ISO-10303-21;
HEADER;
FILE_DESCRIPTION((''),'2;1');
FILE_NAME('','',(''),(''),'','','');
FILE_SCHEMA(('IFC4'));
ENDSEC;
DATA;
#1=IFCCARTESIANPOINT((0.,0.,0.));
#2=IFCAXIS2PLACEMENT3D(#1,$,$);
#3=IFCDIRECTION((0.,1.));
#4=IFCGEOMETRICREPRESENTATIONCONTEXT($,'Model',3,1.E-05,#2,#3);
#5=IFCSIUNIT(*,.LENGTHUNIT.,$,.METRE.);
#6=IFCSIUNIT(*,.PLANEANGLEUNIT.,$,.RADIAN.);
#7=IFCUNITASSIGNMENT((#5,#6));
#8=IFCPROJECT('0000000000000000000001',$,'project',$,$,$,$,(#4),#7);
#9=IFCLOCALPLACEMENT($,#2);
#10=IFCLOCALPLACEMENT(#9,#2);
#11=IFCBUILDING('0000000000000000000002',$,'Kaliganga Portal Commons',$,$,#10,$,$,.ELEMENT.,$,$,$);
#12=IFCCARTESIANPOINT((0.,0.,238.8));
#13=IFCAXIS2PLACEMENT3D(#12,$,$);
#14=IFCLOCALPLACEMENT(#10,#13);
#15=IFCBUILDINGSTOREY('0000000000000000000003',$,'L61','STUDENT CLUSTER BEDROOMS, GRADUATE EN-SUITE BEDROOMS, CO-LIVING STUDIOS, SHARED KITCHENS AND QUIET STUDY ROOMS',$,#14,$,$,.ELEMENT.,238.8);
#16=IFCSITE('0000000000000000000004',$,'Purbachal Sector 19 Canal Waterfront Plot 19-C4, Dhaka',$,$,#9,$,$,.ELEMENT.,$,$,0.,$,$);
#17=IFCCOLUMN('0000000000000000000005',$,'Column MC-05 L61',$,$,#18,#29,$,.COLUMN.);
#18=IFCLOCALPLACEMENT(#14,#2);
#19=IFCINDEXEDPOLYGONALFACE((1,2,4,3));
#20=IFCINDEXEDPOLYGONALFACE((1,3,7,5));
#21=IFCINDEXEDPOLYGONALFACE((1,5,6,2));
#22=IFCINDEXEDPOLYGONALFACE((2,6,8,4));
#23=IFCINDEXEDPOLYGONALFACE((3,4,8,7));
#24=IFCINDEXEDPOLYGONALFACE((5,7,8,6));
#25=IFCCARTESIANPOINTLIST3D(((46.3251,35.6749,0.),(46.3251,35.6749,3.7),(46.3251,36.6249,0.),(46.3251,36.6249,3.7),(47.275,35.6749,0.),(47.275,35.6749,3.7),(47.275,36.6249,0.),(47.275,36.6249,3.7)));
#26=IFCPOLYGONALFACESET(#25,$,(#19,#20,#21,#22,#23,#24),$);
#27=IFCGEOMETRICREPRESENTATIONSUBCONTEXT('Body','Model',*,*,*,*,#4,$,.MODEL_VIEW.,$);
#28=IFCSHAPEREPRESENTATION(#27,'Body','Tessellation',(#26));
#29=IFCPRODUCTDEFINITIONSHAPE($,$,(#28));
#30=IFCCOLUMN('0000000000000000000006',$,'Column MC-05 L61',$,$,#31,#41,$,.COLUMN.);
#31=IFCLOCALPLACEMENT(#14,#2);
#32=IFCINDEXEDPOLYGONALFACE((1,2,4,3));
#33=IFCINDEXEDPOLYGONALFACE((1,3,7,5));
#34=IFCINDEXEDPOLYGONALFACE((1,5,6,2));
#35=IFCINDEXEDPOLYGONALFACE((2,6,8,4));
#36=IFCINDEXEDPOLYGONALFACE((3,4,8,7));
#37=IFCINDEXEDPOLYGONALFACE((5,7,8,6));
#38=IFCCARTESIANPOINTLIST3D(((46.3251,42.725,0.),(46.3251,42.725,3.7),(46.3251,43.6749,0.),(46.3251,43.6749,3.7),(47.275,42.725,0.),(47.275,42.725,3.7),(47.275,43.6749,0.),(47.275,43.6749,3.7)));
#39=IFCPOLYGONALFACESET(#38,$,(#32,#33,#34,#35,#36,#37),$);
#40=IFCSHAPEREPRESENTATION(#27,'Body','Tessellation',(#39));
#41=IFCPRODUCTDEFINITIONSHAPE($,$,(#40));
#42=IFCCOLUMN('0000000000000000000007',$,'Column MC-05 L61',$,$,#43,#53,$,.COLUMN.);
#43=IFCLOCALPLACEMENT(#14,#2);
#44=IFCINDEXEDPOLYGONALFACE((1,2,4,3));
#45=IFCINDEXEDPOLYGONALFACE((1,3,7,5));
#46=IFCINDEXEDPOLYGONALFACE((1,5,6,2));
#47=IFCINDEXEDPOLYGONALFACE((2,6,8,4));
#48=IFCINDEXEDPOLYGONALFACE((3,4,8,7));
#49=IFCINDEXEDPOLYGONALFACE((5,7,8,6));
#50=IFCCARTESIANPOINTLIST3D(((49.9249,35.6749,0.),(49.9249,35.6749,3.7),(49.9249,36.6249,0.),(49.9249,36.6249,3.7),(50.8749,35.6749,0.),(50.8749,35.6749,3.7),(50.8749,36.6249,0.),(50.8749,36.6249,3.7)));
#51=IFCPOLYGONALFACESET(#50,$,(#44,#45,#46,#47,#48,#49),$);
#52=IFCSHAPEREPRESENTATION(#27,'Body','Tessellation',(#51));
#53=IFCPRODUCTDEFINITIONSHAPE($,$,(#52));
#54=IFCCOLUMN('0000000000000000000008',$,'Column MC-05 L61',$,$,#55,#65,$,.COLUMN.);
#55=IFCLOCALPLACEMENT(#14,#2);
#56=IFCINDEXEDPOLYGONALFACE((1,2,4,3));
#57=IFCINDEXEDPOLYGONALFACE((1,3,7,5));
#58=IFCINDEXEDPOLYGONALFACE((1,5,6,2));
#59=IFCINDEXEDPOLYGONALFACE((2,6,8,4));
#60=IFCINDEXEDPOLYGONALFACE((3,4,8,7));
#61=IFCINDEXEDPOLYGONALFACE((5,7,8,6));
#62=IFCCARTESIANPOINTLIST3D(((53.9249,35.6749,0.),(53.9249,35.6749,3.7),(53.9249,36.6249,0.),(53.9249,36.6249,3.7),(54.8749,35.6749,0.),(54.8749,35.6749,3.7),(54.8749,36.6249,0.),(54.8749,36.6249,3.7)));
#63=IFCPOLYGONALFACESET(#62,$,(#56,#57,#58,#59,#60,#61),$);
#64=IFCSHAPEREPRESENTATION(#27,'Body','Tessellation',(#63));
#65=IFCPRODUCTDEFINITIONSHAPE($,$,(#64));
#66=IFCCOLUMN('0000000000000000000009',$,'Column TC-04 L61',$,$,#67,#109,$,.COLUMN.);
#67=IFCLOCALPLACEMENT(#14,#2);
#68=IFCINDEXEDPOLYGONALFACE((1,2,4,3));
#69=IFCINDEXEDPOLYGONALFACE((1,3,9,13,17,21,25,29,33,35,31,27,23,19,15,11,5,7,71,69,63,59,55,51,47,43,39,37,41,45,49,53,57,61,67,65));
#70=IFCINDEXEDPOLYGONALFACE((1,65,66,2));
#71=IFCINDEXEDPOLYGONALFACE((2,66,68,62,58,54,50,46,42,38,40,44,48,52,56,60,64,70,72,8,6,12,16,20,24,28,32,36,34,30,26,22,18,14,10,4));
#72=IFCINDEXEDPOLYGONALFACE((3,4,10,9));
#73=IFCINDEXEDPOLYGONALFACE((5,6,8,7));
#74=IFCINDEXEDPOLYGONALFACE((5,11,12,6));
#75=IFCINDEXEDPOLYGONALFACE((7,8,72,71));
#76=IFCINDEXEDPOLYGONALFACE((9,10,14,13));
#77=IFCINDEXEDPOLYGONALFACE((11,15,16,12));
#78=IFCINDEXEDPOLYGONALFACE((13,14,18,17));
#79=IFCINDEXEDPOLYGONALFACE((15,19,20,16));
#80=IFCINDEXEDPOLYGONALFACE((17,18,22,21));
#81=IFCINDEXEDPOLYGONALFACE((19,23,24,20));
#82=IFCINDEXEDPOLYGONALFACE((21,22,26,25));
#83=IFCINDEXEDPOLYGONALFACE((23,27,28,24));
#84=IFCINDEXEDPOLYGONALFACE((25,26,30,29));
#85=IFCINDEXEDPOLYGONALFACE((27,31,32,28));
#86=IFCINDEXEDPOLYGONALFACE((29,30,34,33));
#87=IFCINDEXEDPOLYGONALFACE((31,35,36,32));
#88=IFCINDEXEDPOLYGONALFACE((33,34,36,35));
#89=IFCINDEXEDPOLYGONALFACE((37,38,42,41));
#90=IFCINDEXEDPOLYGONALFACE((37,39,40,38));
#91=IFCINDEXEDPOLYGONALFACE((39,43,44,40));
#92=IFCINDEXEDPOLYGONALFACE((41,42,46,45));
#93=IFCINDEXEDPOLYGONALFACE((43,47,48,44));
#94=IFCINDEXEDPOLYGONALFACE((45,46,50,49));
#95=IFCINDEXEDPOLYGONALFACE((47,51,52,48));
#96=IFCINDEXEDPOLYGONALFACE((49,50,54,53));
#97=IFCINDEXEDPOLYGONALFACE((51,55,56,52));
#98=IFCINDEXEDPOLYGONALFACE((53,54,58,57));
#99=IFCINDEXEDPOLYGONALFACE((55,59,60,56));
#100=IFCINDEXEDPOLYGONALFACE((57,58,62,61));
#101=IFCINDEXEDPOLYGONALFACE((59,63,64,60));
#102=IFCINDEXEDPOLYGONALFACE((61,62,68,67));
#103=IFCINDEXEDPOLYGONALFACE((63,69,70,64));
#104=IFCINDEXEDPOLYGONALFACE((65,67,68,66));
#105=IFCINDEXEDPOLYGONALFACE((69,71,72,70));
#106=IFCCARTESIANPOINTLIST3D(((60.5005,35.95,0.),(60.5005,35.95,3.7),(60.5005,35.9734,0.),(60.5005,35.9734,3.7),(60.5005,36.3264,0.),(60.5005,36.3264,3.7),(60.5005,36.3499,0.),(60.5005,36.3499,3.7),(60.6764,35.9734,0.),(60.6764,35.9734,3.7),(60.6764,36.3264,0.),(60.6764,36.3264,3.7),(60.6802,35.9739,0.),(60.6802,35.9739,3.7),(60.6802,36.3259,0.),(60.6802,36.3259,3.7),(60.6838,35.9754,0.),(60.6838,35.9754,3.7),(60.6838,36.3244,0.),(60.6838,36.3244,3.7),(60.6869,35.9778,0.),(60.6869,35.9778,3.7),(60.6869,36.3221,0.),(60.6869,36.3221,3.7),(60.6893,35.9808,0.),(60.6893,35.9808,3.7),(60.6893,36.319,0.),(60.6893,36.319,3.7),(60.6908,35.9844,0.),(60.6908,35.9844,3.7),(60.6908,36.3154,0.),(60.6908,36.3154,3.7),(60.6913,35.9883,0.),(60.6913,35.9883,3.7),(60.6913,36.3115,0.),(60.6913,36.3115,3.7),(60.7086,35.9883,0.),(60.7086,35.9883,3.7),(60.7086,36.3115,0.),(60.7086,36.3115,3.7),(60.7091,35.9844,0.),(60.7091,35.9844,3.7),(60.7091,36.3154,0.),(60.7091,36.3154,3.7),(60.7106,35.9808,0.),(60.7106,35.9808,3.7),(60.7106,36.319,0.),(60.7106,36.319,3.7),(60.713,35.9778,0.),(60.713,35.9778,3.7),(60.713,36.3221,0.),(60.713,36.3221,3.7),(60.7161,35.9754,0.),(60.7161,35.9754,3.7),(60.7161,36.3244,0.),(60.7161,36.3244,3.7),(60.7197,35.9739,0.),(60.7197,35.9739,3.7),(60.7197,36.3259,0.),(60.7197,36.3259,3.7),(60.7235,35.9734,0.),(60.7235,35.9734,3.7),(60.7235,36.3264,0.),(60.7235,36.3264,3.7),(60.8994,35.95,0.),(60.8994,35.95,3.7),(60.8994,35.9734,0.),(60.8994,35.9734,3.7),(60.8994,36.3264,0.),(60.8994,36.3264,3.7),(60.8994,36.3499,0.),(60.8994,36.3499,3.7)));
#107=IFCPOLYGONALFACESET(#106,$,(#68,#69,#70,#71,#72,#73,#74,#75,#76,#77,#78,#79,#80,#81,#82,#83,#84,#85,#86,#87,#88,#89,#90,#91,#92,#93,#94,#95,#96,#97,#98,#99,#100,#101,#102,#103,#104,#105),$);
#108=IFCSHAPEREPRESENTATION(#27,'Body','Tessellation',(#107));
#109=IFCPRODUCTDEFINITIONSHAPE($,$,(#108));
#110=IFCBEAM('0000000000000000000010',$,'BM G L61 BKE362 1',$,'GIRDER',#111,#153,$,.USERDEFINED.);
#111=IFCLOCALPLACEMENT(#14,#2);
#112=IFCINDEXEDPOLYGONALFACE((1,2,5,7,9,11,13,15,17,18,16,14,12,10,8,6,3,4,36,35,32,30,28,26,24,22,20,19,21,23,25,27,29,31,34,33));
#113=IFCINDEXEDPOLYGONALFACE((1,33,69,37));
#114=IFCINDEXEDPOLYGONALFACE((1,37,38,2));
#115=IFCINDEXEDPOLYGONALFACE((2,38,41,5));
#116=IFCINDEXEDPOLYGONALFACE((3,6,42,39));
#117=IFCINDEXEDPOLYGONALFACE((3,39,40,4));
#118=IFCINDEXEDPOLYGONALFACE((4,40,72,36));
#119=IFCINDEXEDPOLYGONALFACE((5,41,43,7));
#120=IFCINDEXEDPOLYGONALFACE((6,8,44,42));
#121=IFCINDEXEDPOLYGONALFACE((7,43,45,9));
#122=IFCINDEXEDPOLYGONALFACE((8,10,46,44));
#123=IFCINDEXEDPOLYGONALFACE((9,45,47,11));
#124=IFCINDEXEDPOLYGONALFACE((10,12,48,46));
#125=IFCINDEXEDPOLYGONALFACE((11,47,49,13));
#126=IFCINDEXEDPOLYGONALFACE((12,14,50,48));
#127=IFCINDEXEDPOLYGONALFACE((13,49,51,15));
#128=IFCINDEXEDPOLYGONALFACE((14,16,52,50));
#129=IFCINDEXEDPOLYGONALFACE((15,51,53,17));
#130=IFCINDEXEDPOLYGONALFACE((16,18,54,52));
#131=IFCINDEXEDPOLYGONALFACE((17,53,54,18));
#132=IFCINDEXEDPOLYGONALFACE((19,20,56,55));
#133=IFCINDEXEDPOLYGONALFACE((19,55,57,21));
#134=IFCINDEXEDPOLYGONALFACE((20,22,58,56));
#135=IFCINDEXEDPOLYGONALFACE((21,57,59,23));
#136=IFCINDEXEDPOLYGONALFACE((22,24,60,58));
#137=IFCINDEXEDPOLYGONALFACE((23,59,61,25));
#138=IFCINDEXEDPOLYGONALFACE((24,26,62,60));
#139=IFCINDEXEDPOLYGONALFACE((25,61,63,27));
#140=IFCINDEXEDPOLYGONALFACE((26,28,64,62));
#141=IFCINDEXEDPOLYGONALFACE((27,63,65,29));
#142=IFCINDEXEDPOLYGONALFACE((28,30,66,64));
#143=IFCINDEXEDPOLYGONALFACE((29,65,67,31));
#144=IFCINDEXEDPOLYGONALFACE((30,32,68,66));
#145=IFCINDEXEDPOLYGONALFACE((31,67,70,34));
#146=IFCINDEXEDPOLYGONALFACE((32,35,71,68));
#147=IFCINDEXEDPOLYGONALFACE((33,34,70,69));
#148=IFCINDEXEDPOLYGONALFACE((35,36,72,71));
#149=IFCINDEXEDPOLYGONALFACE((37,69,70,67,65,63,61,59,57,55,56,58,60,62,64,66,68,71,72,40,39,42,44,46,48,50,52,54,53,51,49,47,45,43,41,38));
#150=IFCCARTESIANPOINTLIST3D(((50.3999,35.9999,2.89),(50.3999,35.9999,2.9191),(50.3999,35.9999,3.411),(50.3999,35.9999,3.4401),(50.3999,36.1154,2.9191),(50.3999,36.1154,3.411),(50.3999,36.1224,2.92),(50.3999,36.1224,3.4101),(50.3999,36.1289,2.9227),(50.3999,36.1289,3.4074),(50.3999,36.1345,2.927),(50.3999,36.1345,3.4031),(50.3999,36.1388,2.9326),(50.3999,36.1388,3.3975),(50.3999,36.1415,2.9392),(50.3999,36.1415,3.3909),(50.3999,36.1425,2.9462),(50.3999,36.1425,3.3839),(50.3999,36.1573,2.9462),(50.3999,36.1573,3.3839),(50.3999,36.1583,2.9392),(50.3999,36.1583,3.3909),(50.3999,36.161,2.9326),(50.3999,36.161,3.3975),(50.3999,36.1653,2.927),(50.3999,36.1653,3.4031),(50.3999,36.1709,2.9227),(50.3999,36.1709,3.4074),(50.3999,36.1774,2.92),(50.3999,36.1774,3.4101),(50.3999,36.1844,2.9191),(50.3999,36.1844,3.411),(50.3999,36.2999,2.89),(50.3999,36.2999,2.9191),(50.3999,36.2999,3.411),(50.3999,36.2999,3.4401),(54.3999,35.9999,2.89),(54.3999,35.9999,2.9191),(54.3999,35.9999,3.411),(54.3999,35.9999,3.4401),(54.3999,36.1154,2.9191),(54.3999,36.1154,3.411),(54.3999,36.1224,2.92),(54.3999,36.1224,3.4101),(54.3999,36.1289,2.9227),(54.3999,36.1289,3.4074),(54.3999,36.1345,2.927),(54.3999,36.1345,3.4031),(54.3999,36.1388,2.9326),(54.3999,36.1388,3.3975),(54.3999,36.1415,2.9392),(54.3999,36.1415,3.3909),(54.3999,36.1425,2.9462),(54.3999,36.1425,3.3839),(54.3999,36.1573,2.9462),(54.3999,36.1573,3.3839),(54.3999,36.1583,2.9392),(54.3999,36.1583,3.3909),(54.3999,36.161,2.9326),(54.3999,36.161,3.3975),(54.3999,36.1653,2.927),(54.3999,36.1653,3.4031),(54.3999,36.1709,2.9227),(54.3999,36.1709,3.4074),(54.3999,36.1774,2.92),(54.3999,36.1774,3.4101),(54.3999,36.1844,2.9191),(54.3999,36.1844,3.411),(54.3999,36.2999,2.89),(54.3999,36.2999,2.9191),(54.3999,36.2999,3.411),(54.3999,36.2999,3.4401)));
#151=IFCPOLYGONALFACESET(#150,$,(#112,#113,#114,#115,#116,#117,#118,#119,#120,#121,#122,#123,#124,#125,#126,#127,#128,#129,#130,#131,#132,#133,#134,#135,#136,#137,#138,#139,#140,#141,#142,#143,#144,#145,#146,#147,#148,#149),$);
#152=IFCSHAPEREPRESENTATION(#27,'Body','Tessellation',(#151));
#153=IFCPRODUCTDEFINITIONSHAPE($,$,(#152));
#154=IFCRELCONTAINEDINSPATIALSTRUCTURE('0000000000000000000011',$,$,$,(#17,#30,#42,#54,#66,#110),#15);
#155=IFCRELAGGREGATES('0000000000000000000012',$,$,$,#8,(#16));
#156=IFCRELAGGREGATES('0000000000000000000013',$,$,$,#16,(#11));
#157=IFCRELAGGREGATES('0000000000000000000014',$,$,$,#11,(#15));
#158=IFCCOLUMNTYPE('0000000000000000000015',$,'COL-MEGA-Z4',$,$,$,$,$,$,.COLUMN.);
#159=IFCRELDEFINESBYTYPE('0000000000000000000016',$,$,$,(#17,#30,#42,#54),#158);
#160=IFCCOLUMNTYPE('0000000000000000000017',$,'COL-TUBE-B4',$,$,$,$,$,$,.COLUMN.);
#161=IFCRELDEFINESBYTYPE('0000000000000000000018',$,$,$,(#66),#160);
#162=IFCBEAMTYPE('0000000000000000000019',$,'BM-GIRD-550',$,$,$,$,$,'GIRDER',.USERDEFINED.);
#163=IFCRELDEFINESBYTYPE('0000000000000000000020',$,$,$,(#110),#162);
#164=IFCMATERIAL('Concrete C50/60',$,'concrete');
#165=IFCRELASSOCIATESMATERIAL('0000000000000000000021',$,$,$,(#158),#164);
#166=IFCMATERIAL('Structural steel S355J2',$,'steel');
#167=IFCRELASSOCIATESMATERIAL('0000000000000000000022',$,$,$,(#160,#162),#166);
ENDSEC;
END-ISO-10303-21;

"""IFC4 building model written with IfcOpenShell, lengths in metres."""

from ifc_helpers import new_model, si_unit, direction, frame, origin, origin_2d, place, context, subcontext, project, spatial, rectangle, i_section, extrude, source, transform, mapped, material, material_profile, profile_set, type_object, element, save


model = new_model("IFC4")

# Units and contexts
model_context = context("Model", 3, precision=1e-05, world=origin(), true_north=direction((0.0, 1.0)))
body_context = subcontext(model_context, "Body", "Model", "MODEL_VIEW")
ifc_project = project(units=[si_unit("LENGTHUNIT", "METRE"), si_unit("PLANEANGLEUNIT", "RADIAN")], contexts=[model_context])

# Site, building, storey
site_placement = place(None, origin())
site = spatial("IfcSite", under=ifc_project, at=site_placement, Name="Purbachal Sector 19 Canal Waterfront Plot 19-C4, Dhaka", CompositionType="ELEMENT", RefElevation=0.0)
building_placement = place(site_placement, origin())
building = spatial("IfcBuilding", under=site, at=building_placement, Name="Kaliganga Portal Commons", CompositionType="ELEMENT")
storey_placement = place(building_placement, frame((0.0, 0.0, 238.8)))
storey = spatial("IfcBuildingStorey", under=building, at=storey_placement, Name="L61", Description="STUDENT CLUSTER BEDROOMS, GRADUATE EN-SUITE BEDROOMS, CO-LIVING STUDIOS, SHARED KITCHENS AND QUIET STUDY ROOMS", CompositionType="ELEMENT", Elevation=238.8)

# Columns
ifc_material_1 = material(Name="Concrete C50/60", Category="concrete")
ifc_material_profile_1 = material_profile(ifc_material_1, rectangle(XDim=0.95, YDim=0.95, at=origin_2d()), Name="RC 950x950")
ifc_profile_set_1 = profile_set([ifc_material_profile_1], Name="Concrete C50/60")
column_type_1 = type_object("IfcColumnType", Name="COL-MEGA-Z4", PredefinedType="COLUMN", material=ifc_profile_set_1)
shared_shape_1 = source(origin(), body_context, "Body", "SweptSolid", [
    extrude(rectangle(XDim=0.95, YDim=0.95, at=origin_2d()), origin(), (0.0, 0.0, 1.0), 3.7),
])
for number, where, z_axis, x_axis, name in (
    (1, (46.8, 36.1499, 0.0), (0.0, 0.0, 1.0), (1.0, 0.0, 0.0), "Column MC-05 L61"),
    (2, (46.8, 43.2, 0.0), (0.0, 0.0, 1.0), (1.0, 0.0, 0.0), "Column MC-05 L61"),
    (3, (50.3999, 36.1499, 0.0), (0.0, 0.0, 1.0), (1.0, 0.0, 0.0), "Column MC-05 L61"),
    (4, (54.3999, 36.1499, 0.0), (0.0, 0.0, 1.0), (1.0, 0.0, 0.0), "Column MC-05 L61"),
):
    element("IfcColumn", number, at=place(storey_placement, frame(where, z_axis=z_axis, x_axis=x_axis)), inside=storey, type_object=column_type_1, Name=name, PredefinedType="COLUMN", context=body_context, shape_type="MappedRepresentation", body=[
        mapped(shared_shape_1, transform((0.0, 0.0, 0.0), x_axis=(1.0, 0.0, 0.0), y_axis=(0.0, 1.0, 0.0), z_axis=(0.0, 0.0, 1.0), scale=1.0)),
    ])
ifc_material_2 = material(Name="Structural steel S355J2", Category="steel")
ifc_material_profile_2 = material_profile(ifc_material_2, i_section(OverallWidth=0.3989, OverallDepth=0.3999, WebThickness=0.0173, FlangeThickness=0.0234, FilletRadius=0.0149, at=origin_2d()), Name="HD 400x287")
ifc_profile_set_2 = profile_set([ifc_material_profile_2], Name="Structural steel S355J2 wide-flange")
column_type_2 = type_object("IfcColumnType", Name="COL-TUBE-B4", PredefinedType="COLUMN", material=ifc_profile_set_2)
shared_shape_2 = source(origin(), body_context, "Body", "SweptSolid", [
    extrude(i_section(OverallWidth=0.3989, OverallDepth=0.3999, WebThickness=0.0173, FlangeThickness=0.0234, FilletRadius=0.0149, at=origin_2d()), origin(), (0.0, 0.0, 1.0), 3.7),
])
column_placement = place(storey_placement, frame((60.7, 36.1499, 0.0), z_axis=(0.0, 0.0, 1.0), x_axis=(1.0, 0.0, 0.0)))
element("IfcColumn", 5, at=column_placement, inside=storey, type_object=column_type_2, Name="Column TC-04 L61", PredefinedType="COLUMN", context=body_context, shape_type="MappedRepresentation", body=[
    mapped(shared_shape_2, transform((0.0, 0.0, 0.0), x_axis=(1.0, 0.0, 0.0), y_axis=(0.0, 1.0, 0.0), z_axis=(0.0, 0.0, 1.0), scale=1.0)),
])

# Beam
ifc_material_profile_3 = material_profile(ifc_material_2, i_section(OverallWidth=0.3, OverallDepth=0.55, WebThickness=0.0149, FlangeThickness=0.0291, FilletRadius=0.0271, at=origin_2d()), Name="HE 550 B")
ifc_profile_set_3 = profile_set([ifc_material_profile_3], Name="Structural steel S355J2 wide-flange")
beam_type = type_object("IfcBeamType", Name="BM-GIRD-550", ElementType="GIRDER", PredefinedType="USERDEFINED", material=ifc_profile_set_3)
shared_shape_3 = source(origin(), body_context, "Body", "SweptSolid", [
    extrude(i_section(OverallWidth=0.3, OverallDepth=0.55, WebThickness=0.0149, FlangeThickness=0.0291, FilletRadius=0.0271, at=origin_2d()), origin(), (0.0, 0.0, 1.0), 4.0),
])
beam_1_placement = place(storey_placement, frame((50.3999, 36.1499, 3.165), z_axis=(1.0, 0.0, 0.0), x_axis=(0.0, 1.0, 0.0)))
element("IfcBeam", 6, at=beam_1_placement, inside=storey, type_object=beam_type, Name="BM G L61 BKE362 1", ObjectType="GIRDER", PredefinedType="USERDEFINED", context=body_context, shape_type="MappedRepresentation", body=[
    mapped(shared_shape_3, transform((0.0, 0.0, 0.0), x_axis=(1.0, 0.0, 0.0), y_axis=(0.0, 1.0, 0.0), z_axis=(0.0, 0.0, 1.0), scale=1.0)),
])

save(model, "model.ifc")
